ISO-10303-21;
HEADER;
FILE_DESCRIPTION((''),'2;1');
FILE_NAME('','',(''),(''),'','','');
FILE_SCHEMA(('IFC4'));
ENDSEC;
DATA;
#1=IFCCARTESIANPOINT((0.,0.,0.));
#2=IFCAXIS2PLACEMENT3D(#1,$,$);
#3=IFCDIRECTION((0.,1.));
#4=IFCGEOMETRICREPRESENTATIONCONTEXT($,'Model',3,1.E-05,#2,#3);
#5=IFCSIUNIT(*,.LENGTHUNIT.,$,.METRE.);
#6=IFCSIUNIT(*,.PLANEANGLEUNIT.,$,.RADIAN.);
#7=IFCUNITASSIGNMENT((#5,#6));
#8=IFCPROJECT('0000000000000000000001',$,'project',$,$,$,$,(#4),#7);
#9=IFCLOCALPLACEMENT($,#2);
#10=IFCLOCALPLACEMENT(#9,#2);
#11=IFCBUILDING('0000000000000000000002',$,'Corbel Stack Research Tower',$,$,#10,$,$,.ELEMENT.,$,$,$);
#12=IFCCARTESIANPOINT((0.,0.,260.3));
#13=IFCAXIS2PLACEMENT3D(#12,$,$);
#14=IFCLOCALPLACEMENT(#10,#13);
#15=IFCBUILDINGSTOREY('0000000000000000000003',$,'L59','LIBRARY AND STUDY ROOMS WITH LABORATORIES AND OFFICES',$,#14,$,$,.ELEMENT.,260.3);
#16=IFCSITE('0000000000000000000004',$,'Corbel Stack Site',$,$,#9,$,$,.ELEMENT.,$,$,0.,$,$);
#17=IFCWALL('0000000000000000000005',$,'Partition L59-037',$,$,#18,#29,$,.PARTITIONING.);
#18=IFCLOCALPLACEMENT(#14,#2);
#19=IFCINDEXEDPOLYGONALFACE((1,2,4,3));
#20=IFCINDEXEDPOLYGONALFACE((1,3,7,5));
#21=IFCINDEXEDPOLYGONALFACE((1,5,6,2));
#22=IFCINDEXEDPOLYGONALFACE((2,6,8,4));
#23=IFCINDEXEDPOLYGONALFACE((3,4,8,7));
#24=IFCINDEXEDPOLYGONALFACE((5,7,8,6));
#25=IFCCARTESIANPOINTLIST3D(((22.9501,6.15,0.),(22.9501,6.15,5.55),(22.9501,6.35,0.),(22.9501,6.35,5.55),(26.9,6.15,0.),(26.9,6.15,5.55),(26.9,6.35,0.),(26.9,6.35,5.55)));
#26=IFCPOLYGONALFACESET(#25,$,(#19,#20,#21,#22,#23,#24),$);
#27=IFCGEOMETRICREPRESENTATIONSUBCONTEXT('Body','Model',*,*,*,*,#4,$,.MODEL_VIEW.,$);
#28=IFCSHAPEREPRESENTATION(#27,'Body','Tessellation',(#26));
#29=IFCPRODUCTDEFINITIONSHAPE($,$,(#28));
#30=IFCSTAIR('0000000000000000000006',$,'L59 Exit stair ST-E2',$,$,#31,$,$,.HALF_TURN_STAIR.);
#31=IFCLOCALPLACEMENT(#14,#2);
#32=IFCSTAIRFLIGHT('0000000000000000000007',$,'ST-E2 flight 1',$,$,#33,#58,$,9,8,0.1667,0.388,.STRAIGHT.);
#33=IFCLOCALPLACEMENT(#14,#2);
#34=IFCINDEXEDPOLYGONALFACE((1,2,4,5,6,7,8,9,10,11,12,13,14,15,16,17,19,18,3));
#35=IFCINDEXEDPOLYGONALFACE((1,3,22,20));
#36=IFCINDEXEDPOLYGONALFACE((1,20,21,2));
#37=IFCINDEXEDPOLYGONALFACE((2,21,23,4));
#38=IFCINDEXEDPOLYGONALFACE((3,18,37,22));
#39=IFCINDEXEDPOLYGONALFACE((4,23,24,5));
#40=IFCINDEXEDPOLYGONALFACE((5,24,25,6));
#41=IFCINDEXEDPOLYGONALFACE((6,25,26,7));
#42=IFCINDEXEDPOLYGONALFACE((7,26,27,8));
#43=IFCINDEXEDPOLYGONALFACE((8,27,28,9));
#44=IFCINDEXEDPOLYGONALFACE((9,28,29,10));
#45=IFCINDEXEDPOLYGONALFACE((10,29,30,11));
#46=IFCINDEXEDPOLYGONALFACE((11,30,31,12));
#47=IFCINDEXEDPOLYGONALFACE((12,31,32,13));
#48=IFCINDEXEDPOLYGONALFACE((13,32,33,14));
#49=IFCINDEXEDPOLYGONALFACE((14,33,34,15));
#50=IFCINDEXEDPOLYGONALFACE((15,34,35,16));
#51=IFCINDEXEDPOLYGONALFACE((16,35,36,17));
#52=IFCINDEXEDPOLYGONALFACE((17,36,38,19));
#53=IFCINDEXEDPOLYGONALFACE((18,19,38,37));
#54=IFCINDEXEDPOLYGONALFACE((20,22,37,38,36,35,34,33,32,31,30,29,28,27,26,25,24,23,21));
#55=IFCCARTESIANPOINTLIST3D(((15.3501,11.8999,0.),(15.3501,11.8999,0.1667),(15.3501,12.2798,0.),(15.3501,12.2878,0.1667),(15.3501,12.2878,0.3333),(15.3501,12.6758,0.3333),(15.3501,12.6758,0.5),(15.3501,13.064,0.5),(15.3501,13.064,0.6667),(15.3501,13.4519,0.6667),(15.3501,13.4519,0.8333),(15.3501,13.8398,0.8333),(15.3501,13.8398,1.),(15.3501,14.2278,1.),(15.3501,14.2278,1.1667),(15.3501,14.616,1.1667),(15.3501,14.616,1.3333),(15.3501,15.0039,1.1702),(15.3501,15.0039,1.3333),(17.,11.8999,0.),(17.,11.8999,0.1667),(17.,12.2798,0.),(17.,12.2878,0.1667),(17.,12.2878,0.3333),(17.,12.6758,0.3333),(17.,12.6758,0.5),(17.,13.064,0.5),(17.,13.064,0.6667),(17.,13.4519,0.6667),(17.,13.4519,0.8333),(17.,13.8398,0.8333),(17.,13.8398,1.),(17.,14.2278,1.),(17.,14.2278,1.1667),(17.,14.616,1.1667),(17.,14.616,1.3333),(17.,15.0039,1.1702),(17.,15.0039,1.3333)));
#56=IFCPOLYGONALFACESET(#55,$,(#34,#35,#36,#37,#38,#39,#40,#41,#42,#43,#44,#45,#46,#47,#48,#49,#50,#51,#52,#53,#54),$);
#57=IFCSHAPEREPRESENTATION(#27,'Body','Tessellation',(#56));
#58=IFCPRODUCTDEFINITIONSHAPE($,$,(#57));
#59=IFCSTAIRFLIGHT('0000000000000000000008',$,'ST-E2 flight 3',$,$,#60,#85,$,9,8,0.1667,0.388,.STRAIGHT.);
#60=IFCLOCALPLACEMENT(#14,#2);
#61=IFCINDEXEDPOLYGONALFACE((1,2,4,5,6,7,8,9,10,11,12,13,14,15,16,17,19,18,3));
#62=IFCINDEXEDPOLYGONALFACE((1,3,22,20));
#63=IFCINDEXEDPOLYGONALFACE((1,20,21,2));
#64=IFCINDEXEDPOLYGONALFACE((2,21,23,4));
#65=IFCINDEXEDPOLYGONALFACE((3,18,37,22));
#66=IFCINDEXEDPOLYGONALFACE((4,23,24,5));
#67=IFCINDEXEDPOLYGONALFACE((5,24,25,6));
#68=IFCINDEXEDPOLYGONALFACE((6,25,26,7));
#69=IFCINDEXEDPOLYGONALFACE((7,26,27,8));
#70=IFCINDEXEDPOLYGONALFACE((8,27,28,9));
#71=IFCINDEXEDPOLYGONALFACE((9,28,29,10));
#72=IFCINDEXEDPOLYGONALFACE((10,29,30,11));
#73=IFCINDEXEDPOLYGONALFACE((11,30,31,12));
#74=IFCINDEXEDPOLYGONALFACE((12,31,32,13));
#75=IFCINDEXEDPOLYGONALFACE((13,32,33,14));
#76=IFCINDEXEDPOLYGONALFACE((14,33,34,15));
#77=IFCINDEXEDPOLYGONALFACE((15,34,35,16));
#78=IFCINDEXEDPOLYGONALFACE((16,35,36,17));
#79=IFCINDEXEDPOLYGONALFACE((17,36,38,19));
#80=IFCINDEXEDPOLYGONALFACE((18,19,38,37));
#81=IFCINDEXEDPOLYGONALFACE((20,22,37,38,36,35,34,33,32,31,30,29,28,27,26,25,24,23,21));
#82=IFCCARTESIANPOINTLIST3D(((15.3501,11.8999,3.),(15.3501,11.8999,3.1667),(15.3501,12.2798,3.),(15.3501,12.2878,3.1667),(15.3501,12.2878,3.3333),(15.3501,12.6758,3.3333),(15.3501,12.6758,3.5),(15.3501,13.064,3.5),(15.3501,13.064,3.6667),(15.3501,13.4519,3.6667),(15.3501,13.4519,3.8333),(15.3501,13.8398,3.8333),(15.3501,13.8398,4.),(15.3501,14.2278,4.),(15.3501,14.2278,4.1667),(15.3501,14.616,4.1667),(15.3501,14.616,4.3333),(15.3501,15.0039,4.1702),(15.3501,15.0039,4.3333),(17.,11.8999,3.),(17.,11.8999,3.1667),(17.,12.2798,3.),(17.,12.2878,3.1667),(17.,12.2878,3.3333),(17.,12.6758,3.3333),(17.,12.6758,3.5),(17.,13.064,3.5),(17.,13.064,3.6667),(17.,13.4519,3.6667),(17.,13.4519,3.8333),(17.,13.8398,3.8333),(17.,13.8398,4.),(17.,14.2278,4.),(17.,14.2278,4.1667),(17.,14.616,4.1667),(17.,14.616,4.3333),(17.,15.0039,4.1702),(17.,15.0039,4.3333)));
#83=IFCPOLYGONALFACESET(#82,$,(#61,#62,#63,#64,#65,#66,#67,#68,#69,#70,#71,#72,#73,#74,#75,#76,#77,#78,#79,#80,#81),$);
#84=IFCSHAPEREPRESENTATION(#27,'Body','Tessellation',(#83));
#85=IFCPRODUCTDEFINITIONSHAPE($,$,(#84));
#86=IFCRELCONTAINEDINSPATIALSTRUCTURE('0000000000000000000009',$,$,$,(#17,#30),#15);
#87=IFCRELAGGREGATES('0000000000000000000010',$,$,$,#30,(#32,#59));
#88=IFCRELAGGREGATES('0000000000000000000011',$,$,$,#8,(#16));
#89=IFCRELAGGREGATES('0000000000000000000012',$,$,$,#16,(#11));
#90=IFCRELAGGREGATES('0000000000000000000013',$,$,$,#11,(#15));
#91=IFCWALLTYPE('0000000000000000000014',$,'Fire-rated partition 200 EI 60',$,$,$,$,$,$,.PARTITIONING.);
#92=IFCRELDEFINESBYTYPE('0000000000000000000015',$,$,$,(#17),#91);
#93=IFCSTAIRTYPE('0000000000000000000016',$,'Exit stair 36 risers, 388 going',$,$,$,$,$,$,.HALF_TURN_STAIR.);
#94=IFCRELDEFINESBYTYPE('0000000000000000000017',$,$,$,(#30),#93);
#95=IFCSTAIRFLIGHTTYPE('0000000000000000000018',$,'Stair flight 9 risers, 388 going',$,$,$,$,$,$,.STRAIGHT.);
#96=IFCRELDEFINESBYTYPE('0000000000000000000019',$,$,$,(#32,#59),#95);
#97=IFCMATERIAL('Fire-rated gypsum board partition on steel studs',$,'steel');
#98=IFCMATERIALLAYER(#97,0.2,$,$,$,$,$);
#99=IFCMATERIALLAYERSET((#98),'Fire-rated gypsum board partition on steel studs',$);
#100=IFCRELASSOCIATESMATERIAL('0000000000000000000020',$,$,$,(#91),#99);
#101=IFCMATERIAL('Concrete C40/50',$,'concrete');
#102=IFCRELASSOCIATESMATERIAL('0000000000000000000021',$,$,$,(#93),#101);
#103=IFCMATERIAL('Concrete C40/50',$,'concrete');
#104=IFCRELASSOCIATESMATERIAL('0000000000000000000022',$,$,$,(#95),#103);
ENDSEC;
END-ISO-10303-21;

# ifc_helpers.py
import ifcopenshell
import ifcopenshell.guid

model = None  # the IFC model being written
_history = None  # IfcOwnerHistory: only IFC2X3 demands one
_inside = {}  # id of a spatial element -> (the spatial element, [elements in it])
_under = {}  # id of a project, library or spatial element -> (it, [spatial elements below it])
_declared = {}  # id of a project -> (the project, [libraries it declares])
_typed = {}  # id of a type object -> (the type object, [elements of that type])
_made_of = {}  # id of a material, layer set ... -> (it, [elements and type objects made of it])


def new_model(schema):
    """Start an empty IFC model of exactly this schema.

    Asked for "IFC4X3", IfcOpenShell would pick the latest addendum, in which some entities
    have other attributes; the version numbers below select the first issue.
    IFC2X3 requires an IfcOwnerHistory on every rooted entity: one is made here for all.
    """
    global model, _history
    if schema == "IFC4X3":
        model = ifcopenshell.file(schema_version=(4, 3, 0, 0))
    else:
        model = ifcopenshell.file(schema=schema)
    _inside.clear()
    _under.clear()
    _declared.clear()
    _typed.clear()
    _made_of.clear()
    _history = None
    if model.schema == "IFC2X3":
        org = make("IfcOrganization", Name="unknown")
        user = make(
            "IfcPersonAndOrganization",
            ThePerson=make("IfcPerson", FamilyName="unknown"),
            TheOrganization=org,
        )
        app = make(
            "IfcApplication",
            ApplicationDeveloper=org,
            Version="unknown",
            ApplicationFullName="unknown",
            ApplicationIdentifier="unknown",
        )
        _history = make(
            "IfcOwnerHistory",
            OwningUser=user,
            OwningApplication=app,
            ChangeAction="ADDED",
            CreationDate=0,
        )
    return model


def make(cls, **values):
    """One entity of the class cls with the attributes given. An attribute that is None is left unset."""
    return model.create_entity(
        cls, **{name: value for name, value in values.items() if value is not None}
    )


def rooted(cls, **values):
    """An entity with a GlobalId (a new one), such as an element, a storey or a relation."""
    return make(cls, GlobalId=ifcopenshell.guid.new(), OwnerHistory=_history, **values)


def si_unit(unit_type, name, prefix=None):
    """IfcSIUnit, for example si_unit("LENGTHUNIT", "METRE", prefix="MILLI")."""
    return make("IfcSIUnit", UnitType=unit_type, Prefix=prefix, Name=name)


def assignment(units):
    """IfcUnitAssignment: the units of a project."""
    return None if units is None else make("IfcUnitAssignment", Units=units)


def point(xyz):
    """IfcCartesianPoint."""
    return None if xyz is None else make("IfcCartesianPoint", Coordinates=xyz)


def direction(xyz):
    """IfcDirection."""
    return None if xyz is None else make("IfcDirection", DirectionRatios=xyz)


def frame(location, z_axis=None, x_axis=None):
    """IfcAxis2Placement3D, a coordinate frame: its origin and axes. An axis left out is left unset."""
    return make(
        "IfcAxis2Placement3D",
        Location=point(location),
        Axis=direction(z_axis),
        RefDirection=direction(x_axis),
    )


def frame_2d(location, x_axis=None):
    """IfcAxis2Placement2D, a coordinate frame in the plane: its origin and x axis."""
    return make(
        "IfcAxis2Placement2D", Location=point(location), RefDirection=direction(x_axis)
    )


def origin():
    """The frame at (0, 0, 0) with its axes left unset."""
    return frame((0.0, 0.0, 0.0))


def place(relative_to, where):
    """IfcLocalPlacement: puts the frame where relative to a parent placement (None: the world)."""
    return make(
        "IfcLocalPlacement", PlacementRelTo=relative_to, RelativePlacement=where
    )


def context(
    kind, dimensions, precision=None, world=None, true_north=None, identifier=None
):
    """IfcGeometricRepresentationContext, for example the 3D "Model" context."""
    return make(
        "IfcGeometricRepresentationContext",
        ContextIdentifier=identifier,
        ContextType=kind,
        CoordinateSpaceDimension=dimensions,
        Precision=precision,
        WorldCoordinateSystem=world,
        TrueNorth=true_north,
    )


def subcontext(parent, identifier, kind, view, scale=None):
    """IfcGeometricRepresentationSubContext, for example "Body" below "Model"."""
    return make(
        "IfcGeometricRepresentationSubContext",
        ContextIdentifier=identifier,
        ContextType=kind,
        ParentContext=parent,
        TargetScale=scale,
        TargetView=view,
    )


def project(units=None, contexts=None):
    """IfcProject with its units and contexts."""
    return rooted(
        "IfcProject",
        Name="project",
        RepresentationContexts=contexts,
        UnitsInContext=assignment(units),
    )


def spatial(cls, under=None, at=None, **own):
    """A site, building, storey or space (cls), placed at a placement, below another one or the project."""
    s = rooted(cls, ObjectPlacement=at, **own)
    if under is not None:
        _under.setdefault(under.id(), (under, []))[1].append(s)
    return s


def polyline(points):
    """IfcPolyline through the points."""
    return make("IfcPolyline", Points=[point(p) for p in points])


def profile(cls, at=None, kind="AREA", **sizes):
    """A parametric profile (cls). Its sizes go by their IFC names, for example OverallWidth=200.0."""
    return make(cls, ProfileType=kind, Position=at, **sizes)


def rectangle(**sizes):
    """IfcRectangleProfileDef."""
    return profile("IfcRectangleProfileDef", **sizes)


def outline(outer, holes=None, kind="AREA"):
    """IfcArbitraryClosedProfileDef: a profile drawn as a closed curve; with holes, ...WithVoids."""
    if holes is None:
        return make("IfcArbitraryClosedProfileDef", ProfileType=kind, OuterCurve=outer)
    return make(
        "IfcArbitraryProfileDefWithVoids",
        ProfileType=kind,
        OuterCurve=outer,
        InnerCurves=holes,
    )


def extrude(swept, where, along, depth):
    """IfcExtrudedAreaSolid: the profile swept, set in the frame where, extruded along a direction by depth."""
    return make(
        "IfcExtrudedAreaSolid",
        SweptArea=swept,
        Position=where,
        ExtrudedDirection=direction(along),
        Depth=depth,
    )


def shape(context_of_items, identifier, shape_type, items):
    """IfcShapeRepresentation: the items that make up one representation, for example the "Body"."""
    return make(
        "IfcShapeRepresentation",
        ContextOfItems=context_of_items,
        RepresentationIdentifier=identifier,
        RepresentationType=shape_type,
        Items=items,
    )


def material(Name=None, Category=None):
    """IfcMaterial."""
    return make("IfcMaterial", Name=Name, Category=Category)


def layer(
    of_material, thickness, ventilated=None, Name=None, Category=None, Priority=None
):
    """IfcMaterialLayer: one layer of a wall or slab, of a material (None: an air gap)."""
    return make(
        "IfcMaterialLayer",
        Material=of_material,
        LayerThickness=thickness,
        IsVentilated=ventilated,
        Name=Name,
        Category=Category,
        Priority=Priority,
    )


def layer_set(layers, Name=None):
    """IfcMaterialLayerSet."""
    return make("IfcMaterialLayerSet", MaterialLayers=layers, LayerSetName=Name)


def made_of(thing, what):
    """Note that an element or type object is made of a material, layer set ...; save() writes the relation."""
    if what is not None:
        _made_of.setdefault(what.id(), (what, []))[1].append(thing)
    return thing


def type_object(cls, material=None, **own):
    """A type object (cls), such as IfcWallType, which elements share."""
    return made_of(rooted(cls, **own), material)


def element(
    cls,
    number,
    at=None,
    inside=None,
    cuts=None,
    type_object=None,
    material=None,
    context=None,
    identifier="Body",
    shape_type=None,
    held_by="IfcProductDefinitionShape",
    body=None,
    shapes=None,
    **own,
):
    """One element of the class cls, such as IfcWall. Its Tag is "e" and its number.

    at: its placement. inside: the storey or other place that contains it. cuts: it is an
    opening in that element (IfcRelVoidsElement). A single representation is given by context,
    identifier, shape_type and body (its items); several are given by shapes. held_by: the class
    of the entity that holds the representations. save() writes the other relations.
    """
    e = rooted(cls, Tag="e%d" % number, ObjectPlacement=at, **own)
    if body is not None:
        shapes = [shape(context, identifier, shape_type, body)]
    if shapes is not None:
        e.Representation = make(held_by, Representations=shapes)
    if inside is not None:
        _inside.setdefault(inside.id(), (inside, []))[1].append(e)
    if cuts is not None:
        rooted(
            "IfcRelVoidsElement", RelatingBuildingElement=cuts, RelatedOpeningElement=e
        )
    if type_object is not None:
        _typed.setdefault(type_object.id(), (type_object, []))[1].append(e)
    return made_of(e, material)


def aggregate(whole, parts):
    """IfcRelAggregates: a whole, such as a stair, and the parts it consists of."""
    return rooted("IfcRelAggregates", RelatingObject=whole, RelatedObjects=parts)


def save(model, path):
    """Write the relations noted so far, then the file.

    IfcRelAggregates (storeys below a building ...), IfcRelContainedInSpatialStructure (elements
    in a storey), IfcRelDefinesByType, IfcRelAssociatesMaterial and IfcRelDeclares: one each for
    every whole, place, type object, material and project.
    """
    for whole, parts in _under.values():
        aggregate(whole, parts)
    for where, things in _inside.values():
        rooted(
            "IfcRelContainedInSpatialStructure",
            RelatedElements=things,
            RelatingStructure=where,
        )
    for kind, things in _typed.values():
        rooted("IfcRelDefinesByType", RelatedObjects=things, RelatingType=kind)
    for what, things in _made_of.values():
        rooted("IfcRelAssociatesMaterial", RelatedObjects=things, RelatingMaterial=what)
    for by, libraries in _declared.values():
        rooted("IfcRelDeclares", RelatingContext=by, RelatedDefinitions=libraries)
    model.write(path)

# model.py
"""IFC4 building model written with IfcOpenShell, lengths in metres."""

from ifc_helpers import new_model, si_unit, direction, frame, frame_2d, origin, place, context, subcontext, project, spatial, polyline, rectangle, outline, extrude, material, layer, layer_set, type_object, element, aggregate, save


model = new_model("IFC4")

# Units and contexts
model_context = context("Model", 3, precision=1e-05, world=origin(), true_north=direction((0.0, 1.0)))
body_context = subcontext(model_context, "Body", "Model", "MODEL_VIEW")
ifc_project = project(units=[si_unit("LENGTHUNIT", "METRE"), si_unit("PLANEANGLEUNIT", "RADIAN")], contexts=[model_context])

# Site, building, storey
site_placement = place(None, origin())
site = spatial("IfcSite", under=ifc_project, at=site_placement, Name="Corbel Stack Site", CompositionType="ELEMENT", RefElevation=0.0)
building_placement = place(site_placement, origin())
building = spatial("IfcBuilding", under=site, at=building_placement, Name="Corbel Stack Research Tower", CompositionType="ELEMENT")
storey_placement = place(building_placement, frame((0.0, 0.0, 260.3)))
storey = spatial("IfcBuildingStorey", under=building, at=storey_placement, Name="L59", Description="LIBRARY AND STUDY ROOMS WITH LABORATORIES AND OFFICES", CompositionType="ELEMENT", Elevation=260.3)

# Shared definitions
ifc_material_1 = material(Name="Fire-rated gypsum board partition on steel studs", Category="steel")
ifc_layer_1 = layer(ifc_material_1, 0.2)
ifc_layer_set_1 = layer_set([ifc_layer_1], Name="Fire-rated gypsum board partition on steel studs")
wall_type = type_object("IfcWallType", Name="Fire-rated partition 200 EI 60", PredefinedType="PARTITIONING", material=ifc_layer_set_1)

# Wall
wall_1_placement = place(storey_placement, frame((22.95, 6.25, 0.0), z_axis=(0.0, 0.0, 1.0), x_axis=(1.0, 0.0, 0.0)))
element("IfcWall", 1, at=wall_1_placement, inside=storey, type_object=wall_type, Name="Partition L59-037", PredefinedType="PARTITIONING", context=body_context, shape_type="SweptSolid", body=[
    extrude(rectangle(XDim=3.95, YDim=0.2, at=frame_2d((1.9751, 0.0))), origin(), (0.0, 0.0, 1.0), 5.55),
])

# Stair, stair flights
ifc_material_2 = material(Name="Concrete C40/50", Category="concrete")
stair_type = type_object("IfcStairType", Name="Exit stair 36 risers, 388 going", PredefinedType="HALF_TURN_STAIR", material=ifc_material_2)
stair_placement = place(storey_placement, origin())
stair = element("IfcStair", 2, at=stair_placement, inside=storey, type_object=stair_type, Name="L59 Exit stair ST-E2", PredefinedType="HALF_TURN_STAIR")
ifc_material_3 = material(Name="Concrete C40/50", Category="concrete")
stair_flight_type = type_object("IfcStairFlightType", Name="Stair flight 9 risers, 388 going", PredefinedType="STRAIGHT", material=ifc_material_3)
stair_flight_1_placement = place(storey_placement, frame((16.175, 11.8999, 0.0), z_axis=(0.0, 0.0, 1.0), x_axis=(0.0, 1.0, 0.0)))
stair_flight_1 = element("IfcStairFlight", 3, at=stair_flight_1_placement, type_object=stair_flight_type, Name="ST-E2 flight 1", NumberOfRisers=9, NumberOfTreads=8, PredefinedType="STRAIGHT", RiserHeight=0.1667, TreadLength=0.388, context=body_context, shape_type="SweptSolid", body=[
    extrude(outline(polyline([(0.0, 0.0), (0.0, 0.1667), (0.3879, 0.1667), (0.3879, 0.3333), (0.7759, 0.3333), (0.7759, 0.5), (1.1641, 0.5), (1.1641, 0.6667), (1.552, 0.6667), (1.552, 0.8333), (1.9399, 0.8333), (1.9399, 1.0), (2.3279, 1.0), (2.3279, 1.1667), (2.7161, 1.1667), (2.7161, 1.3333), (3.104, 1.3333), (3.104, 1.5), (3.104, 1.1702), (0.3799, 0.0), (0.0, 0.0)])), frame((0.0, 0.825, 0.0), z_axis=(0.0, -1.0, 0.0), x_axis=(1.0, 0.0, 0.0)), (0.0, 0.0, 1.0), 1.6499),
])
stair_flight_2_placement = place(storey_placement, frame((16.175, 11.8999, 3.0), z_axis=(0.0, 0.0, 1.0), x_axis=(0.0, 1.0, 0.0)))
stair_flight_2 = element("IfcStairFlight", 4, at=stair_flight_2_placement, type_object=stair_flight_type, Name="ST-E2 flight 3", NumberOfRisers=9, NumberOfTreads=8, PredefinedType="STRAIGHT", RiserHeight=0.1667, TreadLength=0.388, context=body_context, shape_type="SweptSolid", body=[
    extrude(outline(polyline([(0.0, 0.0), (0.0, 0.1667), (0.3879, 0.1667), (0.3879, 0.3333), (0.7759, 0.3333), (0.7759, 0.5), (1.1641, 0.5), (1.1641, 0.6667), (1.552, 0.6667), (1.552, 0.8333), (1.9399, 0.8333), (1.9399, 1.0), (2.3279, 1.0), (2.3279, 1.1667), (2.7161, 1.1667), (2.7161, 1.3333), (3.104, 1.3333), (3.104, 1.5), (3.104, 1.1702), (0.3799, 0.0), (0.0, 0.0)])), frame((0.0, 0.825, 0.0), z_axis=(0.0, -1.0, 0.0), x_axis=(1.0, 0.0, 0.0)), (0.0, 0.0, 1.0), 1.6499),
])
aggregate(stair, [stair_flight_1, stair_flight_2])

save(model, "model.ifc")
